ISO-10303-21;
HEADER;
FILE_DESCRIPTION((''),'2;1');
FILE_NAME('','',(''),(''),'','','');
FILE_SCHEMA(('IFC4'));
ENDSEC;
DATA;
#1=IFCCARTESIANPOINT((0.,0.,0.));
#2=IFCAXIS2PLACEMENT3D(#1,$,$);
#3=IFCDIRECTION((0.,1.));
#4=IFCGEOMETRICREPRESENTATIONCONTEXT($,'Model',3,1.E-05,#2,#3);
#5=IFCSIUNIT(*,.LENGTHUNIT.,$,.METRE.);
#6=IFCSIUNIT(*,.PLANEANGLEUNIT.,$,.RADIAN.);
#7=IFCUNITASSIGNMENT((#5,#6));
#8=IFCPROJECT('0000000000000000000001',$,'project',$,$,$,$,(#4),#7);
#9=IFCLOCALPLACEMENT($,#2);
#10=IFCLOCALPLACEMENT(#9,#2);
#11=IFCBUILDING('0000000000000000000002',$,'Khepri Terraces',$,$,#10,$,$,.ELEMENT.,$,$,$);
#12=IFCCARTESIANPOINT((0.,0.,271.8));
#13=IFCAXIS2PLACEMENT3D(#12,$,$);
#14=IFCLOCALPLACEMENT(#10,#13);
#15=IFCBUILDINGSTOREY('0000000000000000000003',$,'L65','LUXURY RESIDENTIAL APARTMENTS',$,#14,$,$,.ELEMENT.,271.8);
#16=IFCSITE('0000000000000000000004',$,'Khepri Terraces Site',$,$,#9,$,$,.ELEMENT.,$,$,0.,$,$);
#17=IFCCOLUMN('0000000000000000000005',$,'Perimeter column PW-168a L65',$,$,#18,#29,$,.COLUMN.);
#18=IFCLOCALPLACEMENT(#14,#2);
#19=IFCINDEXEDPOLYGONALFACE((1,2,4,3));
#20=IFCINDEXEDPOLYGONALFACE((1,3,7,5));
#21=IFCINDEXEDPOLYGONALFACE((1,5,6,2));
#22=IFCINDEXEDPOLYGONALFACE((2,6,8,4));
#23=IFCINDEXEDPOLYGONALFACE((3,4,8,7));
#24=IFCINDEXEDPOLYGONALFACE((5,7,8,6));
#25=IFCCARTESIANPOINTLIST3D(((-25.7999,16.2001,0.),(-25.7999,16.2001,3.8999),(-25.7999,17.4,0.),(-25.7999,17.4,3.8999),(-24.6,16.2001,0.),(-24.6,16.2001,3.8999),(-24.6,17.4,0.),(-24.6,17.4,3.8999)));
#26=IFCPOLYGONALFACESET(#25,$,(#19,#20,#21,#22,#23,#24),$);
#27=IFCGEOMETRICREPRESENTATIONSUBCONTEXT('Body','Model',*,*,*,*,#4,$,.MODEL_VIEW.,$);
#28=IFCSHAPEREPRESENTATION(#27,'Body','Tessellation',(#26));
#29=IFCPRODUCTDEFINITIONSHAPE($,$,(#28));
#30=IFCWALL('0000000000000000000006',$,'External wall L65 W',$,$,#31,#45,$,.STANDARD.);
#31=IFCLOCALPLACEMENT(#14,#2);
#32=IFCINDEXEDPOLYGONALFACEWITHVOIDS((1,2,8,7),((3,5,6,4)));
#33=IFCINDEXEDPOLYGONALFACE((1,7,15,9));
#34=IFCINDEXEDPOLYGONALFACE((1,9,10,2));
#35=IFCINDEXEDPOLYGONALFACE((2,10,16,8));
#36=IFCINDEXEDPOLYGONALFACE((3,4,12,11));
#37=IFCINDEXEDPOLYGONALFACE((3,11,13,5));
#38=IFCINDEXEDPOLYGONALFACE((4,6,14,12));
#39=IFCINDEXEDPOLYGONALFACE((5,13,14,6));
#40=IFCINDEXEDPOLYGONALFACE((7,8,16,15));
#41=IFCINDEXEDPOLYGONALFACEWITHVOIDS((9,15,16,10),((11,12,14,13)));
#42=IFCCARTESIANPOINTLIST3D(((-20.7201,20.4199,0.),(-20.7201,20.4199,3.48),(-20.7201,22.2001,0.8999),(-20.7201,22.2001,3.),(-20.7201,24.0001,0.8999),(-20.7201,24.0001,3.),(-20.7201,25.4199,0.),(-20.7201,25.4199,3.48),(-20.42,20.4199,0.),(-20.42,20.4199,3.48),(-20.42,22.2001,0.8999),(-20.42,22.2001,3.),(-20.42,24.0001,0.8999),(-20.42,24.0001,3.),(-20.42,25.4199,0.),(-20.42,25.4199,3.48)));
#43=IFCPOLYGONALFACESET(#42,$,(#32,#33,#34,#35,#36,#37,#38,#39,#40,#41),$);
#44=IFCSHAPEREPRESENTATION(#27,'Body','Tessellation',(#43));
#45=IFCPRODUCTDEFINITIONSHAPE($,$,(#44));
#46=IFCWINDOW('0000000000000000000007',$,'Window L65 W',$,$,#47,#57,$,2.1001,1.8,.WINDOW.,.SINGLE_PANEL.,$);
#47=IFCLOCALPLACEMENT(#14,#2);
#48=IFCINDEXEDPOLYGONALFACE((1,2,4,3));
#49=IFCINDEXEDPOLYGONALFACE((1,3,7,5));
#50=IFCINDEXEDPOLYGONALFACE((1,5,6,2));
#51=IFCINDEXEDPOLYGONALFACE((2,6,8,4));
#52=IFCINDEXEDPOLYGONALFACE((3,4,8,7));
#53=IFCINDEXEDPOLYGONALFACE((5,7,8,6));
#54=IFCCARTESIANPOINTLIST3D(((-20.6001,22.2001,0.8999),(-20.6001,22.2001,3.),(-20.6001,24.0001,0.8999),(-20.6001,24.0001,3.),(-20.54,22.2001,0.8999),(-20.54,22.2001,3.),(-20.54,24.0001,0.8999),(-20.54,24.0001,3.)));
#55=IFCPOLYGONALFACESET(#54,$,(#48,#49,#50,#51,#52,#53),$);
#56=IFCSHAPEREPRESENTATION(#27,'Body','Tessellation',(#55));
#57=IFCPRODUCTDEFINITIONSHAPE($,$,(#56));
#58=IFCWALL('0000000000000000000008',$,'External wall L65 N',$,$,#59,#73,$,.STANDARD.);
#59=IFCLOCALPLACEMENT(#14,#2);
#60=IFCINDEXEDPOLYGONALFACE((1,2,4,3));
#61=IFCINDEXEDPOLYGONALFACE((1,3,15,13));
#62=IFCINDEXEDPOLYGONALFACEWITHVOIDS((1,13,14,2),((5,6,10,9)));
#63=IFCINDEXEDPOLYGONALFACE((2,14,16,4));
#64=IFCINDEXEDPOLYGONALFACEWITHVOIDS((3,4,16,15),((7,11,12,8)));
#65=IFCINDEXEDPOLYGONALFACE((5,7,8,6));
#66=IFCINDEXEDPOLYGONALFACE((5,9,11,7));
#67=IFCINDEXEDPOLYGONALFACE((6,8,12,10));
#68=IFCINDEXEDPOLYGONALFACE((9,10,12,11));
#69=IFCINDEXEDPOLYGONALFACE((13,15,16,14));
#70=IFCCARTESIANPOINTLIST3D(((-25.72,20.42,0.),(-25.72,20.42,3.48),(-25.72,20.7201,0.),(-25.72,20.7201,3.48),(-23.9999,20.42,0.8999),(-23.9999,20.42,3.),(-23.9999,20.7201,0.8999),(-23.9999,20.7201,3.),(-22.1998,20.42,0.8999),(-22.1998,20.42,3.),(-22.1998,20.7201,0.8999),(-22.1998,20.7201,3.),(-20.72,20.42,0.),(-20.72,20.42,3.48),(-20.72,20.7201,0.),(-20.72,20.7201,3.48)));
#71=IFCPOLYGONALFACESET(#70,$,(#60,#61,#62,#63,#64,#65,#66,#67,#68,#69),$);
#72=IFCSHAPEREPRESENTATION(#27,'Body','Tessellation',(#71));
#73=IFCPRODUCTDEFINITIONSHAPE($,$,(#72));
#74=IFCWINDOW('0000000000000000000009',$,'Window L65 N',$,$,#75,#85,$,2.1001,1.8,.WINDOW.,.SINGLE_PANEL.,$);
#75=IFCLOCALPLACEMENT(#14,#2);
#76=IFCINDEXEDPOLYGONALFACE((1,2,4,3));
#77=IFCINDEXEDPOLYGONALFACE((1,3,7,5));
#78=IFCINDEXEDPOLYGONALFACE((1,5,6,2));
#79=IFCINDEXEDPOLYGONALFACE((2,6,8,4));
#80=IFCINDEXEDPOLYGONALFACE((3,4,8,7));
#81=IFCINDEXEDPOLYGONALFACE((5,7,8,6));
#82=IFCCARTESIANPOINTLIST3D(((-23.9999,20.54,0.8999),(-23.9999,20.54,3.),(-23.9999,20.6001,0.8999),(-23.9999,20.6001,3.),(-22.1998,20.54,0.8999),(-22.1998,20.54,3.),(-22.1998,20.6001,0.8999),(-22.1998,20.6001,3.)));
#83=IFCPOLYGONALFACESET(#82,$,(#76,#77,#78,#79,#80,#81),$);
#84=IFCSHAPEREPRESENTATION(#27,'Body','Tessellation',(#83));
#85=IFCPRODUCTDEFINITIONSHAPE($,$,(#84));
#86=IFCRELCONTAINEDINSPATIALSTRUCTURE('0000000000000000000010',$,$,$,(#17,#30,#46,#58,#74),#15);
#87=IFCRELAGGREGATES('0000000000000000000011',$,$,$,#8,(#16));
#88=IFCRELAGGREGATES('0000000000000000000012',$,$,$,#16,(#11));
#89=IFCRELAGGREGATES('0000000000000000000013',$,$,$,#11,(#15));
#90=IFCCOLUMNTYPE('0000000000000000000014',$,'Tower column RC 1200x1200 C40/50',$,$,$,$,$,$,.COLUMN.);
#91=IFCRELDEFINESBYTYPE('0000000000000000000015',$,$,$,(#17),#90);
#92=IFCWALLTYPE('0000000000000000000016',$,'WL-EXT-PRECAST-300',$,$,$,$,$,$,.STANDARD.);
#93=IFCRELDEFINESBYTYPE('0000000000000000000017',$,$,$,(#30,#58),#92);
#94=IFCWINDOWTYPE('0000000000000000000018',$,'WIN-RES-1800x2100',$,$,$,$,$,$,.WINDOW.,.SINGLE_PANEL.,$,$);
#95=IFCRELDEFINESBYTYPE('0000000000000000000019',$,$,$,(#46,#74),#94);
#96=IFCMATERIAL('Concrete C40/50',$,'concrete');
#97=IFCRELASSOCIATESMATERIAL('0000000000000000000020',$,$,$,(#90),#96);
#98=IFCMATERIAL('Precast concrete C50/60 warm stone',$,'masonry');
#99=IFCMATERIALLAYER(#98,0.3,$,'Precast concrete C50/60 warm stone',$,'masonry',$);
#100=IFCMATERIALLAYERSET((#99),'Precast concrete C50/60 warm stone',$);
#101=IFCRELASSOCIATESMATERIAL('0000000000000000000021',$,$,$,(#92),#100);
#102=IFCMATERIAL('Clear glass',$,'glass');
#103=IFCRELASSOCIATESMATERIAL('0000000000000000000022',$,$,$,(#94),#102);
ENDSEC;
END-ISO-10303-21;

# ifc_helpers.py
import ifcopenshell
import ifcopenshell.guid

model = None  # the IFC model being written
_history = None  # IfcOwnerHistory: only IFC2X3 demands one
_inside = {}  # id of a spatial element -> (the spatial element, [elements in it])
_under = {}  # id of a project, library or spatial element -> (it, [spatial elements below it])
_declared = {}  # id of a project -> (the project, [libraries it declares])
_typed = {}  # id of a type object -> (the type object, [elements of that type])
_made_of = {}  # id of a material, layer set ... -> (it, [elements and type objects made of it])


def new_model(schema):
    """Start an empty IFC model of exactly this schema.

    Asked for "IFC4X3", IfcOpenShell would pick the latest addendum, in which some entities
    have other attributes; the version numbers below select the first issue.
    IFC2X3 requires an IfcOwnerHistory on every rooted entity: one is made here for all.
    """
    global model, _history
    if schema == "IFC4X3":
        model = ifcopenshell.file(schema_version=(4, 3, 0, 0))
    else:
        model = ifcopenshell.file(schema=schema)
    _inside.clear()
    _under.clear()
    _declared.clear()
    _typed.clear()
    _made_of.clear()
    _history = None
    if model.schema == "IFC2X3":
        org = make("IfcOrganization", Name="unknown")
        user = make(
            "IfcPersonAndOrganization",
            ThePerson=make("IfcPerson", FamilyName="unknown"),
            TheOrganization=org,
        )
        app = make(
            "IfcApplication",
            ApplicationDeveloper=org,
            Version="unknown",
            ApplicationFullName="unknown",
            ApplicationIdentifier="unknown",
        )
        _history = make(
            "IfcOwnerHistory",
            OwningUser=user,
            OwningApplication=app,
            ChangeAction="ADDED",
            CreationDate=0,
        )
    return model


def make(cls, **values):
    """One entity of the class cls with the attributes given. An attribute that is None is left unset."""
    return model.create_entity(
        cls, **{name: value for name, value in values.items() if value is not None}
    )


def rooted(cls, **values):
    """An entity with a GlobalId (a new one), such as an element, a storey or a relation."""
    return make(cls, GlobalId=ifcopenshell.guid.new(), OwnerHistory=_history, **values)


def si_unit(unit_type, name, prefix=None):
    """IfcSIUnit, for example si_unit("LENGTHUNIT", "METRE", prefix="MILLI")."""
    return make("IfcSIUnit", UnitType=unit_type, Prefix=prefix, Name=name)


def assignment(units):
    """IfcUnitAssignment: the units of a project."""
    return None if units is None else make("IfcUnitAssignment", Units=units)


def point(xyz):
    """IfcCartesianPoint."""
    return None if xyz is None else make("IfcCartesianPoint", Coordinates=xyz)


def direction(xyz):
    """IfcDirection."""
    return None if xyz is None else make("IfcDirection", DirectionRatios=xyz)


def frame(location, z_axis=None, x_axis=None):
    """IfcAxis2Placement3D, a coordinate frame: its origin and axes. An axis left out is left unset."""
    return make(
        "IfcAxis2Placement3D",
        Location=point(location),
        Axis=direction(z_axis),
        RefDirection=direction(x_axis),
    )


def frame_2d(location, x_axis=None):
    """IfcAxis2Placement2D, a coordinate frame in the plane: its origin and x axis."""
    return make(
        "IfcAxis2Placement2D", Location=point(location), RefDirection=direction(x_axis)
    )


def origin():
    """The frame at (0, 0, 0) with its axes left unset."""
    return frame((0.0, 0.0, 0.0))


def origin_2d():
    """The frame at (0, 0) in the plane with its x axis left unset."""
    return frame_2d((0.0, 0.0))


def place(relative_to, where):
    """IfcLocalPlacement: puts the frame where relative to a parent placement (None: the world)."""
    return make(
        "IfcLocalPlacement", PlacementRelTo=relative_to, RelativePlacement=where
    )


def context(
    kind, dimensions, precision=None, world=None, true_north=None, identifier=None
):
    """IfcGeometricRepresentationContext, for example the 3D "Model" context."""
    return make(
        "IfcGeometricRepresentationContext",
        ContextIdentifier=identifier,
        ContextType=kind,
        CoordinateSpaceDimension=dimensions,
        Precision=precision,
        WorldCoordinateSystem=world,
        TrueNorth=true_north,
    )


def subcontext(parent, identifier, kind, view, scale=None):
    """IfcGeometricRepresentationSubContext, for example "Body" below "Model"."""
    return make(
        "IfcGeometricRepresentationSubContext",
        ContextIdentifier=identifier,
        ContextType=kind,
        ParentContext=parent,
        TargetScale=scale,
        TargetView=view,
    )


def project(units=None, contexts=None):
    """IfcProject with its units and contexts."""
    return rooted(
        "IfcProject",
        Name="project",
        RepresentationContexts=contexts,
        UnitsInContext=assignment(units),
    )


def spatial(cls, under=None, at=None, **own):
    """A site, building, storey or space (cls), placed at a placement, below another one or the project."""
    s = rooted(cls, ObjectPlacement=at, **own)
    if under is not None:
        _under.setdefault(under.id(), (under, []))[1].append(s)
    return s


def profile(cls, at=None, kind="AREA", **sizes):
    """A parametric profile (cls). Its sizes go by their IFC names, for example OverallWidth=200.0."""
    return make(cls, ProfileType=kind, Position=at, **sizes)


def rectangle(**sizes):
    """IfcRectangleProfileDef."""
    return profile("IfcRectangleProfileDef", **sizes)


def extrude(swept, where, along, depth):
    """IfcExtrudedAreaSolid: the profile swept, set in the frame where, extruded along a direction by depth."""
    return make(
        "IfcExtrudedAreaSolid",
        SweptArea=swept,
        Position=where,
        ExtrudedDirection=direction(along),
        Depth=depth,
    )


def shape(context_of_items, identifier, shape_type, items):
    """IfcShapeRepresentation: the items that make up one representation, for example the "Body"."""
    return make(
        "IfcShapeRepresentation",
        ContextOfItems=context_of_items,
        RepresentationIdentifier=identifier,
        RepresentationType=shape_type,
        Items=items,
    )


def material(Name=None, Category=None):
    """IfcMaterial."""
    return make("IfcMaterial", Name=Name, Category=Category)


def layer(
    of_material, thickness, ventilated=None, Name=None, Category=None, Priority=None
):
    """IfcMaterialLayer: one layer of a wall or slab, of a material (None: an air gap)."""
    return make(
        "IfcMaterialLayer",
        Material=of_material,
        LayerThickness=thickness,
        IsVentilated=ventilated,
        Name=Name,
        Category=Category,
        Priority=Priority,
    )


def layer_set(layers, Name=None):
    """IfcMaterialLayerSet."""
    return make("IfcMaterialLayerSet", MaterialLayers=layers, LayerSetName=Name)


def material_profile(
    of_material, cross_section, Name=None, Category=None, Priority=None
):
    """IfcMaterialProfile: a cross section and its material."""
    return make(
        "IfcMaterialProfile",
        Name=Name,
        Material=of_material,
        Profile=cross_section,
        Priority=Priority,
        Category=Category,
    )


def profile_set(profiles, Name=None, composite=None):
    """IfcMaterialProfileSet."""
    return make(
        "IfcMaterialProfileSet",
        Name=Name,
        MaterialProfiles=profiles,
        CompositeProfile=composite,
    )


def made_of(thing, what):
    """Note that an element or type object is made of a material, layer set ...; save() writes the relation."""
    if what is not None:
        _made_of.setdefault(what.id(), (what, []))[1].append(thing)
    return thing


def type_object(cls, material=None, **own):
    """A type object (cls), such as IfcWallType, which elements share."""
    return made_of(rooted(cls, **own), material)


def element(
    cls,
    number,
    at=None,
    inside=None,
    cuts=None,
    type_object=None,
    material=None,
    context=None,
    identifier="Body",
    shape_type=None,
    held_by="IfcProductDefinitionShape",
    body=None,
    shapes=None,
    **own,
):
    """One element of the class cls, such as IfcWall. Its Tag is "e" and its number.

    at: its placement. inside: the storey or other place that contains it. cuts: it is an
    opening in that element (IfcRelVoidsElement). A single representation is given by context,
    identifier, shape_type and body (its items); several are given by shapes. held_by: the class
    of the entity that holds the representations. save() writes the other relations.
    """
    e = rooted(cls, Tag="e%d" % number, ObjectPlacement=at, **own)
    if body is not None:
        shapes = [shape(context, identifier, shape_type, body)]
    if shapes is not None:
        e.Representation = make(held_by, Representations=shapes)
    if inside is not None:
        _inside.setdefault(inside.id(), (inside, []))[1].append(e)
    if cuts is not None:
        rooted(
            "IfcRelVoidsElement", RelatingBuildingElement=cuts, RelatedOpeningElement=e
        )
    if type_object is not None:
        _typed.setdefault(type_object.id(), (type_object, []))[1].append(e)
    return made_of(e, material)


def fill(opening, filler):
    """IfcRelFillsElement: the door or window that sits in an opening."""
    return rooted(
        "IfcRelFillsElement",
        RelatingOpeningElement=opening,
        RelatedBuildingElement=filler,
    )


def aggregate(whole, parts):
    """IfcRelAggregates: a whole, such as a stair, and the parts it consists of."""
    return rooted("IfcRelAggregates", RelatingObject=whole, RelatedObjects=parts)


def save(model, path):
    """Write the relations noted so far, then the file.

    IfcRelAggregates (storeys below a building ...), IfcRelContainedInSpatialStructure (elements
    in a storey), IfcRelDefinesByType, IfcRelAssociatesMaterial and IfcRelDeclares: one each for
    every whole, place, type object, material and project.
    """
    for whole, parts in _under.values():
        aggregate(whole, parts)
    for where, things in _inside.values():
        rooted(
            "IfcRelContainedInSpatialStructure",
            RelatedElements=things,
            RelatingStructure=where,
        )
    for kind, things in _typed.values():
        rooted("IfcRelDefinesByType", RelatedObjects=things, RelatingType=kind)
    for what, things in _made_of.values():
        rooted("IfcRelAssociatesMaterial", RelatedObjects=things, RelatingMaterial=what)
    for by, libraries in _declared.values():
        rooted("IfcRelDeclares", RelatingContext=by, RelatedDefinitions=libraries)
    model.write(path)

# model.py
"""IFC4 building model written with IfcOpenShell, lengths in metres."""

from ifc_helpers import new_model, si_unit, direction, frame, frame_2d, origin, origin_2d, place, context, subcontext, project, spatial, rectangle, extrude, material, layer, layer_set, material_profile, profile_set, type_object, element, fill, save


model = new_model("IFC4")

# Units and contexts
model_context = context("Model", 3, precision=1e-05, world=origin(), true_north=direction((0.0, 1.0)))
body_context = subcontext(model_context, "Body", "Model", "MODEL_VIEW")
ifc_project = project(units=[si_unit("LENGTHUNIT", "METRE"), si_unit("PLANEANGLEUNIT", "RADIAN")], contexts=[model_context])

# Site, building, storey
site_placement = place(None, origin())
site = spatial("IfcSite", under=ifc_project, at=site_placement, Name="Khepri Terraces Site", CompositionType="ELEMENT", RefElevation=0.0)
building_placement = place(site_placement, origin())
building = spatial("IfcBuilding", under=site, at=building_placement, Name="Khepri Terraces", CompositionType="ELEMENT")
storey_placement = place(building_placement, frame((0.0, 0.0, 271.8)))
storey = spatial("IfcBuildingStorey", under=building, at=storey_placement, Name="L65", Description="LUXURY RESIDENTIAL APARTMENTS", CompositionType="ELEMENT", Elevation=271.8)

# Column
ifc_material_1 = material(Name="Concrete C40/50", Category="concrete")
ifc_material_profile = material_profile(ifc_material_1, rectangle(XDim=1.2, YDim=1.2, at=origin_2d()), Name="Concrete C40/50", Category="concrete")
ifc_profile_set = profile_set([ifc_material_profile], Name="Concrete C40/50")
column_type = type_object("IfcColumnType", Name="Tower column RC 1200x1200 C40/50", PredefinedType="COLUMN", material=ifc_profile_set)
column_placement = place(storey_placement, frame((-25.2, 16.8, 0.0), z_axis=(0.0, 0.0, 1.0), x_axis=(1.0, 0.0, 0.0)))
element("IfcColumn", 1, at=column_placement, inside=storey, type_object=column_type, Name="Perimeter column PW-168a L65", PredefinedType="COLUMN", context=body_context, shape_type="SweptSolid", body=[
    extrude(rectangle(XDim=1.2, YDim=1.2, at=origin_2d()), origin(), (0.0, 0.0, 1.0), 3.8999),
])

# Walls, openings, windows
ifc_material_2 = material(Name="Precast concrete C50/60 warm stone", Category="masonry")
ifc_layer = layer(ifc_material_2, 0.3, Name="Precast concrete C50/60 warm stone", Category="masonry")
ifc_layer_set = layer_set([ifc_layer], Name="Precast concrete C50/60 warm stone")
wall_type = type_object("IfcWallType", Name="WL-EXT-PRECAST-300", PredefinedType="STANDARD", material=ifc_layer_set)
wall_1_placement = place(storey_placement, frame((-20.5701, 25.4199, 0.0), z_axis=(0.0, 0.0, 1.0), x_axis=(0.0, -1.0, 0.0)))
wall_1 = element("IfcWall", 2, at=wall_1_placement, inside=storey, type_object=wall_type, Name="External wall L65 W", PredefinedType="STANDARD", context=body_context, shape_type="SweptSolid", body=[
    extrude(rectangle(XDim=5.0, YDim=0.3, at=frame_2d((2.5, 0.0))), origin(), (0.0, 0.0, 1.0), 3.48),
])
opening_1_placement = place(wall_1_placement, frame((1.4199, 0.0, 0.8999)))
opening_1 = element("IfcOpeningElement", 3, at=opening_1_placement, cuts=wall_1, PredefinedType="OPENING", context=body_context, shape_type="SweptSolid", body=[
    extrude(rectangle(XDim=1.8, YDim=2.1001, at=frame_2d((0.8999, 1.05))), frame((0.0, 0.1602, 0.0), z_axis=(0.0, -1.0, 0.0), x_axis=(1.0, 0.0, 0.0)), (0.0, 0.0, 1.0), 0.3201),
])
ifc_material_3 = material(Name="Clear glass", Category="glass")
window_type = type_object("IfcWindowType", Name="WIN-RES-1800x2100", PartitioningType="SINGLE_PANEL", PredefinedType="WINDOW", material=ifc_material_3)
window_1_placement = place(opening_1_placement, origin())
window_1 = element("IfcWindow", 4, at=window_1_placement, inside=storey, type_object=window_type, Name="Window L65 W", OverallHeight=2.1001, OverallWidth=1.8, PartitioningType="SINGLE_PANEL", PredefinedType="WINDOW", context=body_context, shape_type="SweptSolid", body=[
    extrude(rectangle(XDim=1.8, YDim=2.1001, at=frame_2d((0.8999, 1.05))), frame((0.0, 0.03, 0.0), z_axis=(0.0, -1.0, 0.0), x_axis=(1.0, 0.0, 0.0)), (0.0, 0.0, 1.0), 0.0601),
])
fill(opening_1, window_1)
wall_2_placement = place(storey_placement, frame((-20.72, 20.5701, 0.0), z_axis=(0.0, 0.0, 1.0), x_axis=(-1.0, 0.0, 0.0)))
wall_2 = element("IfcWall", 5, at=wall_2_placement, inside=storey, type_object=wall_type, Name="External wall L65 N", PredefinedType="STANDARD", context=body_context, shape_type="SweptSolid", body=[
    extrude(rectangle(XDim=5.0, YDim=0.3, at=frame_2d((2.5, 0.0))), origin(), (0.0, 0.0, 1.0), 3.48),
])
opening_2_placement = place(wall_2_placement, frame((1.48, 0.0, 0.8999)))
opening_2 = element("IfcOpeningElement", 6, at=opening_2_placement, cuts=wall_2, PredefinedType="OPENING", context=body_context, shape_type="SweptSolid", body=[
    extrude(rectangle(XDim=1.8, YDim=2.1001, at=frame_2d((0.8999, 1.05))), frame((0.0, 0.1602, 0.0), z_axis=(0.0, -1.0, 0.0), x_axis=(1.0, 0.0, 0.0)), (0.0, 0.0, 1.0), 0.3201),
])
window_2_placement = place(opening_2_placement, origin())
window_2 = element("IfcWindow", 7, at=window_2_placement, inside=storey, type_object=window_type, Name="Window L65 N", OverallHeight=2.1001, OverallWidth=1.8, PartitioningType="SINGLE_PANEL", PredefinedType="WINDOW", context=body_context, shape_type="SweptSolid", body=[
    extrude(rectangle(XDim=1.8, YDim=2.1001, at=frame_2d((0.8999, 1.05))), frame((0.0, 0.03, 0.0), z_axis=(0.0, -1.0, 0.0), x_axis=(1.0, 0.0, 0.0)), (0.0, 0.0, 1.0), 0.0601),
])
fill(opening_2, window_2)

save(model, "model.ifc")
